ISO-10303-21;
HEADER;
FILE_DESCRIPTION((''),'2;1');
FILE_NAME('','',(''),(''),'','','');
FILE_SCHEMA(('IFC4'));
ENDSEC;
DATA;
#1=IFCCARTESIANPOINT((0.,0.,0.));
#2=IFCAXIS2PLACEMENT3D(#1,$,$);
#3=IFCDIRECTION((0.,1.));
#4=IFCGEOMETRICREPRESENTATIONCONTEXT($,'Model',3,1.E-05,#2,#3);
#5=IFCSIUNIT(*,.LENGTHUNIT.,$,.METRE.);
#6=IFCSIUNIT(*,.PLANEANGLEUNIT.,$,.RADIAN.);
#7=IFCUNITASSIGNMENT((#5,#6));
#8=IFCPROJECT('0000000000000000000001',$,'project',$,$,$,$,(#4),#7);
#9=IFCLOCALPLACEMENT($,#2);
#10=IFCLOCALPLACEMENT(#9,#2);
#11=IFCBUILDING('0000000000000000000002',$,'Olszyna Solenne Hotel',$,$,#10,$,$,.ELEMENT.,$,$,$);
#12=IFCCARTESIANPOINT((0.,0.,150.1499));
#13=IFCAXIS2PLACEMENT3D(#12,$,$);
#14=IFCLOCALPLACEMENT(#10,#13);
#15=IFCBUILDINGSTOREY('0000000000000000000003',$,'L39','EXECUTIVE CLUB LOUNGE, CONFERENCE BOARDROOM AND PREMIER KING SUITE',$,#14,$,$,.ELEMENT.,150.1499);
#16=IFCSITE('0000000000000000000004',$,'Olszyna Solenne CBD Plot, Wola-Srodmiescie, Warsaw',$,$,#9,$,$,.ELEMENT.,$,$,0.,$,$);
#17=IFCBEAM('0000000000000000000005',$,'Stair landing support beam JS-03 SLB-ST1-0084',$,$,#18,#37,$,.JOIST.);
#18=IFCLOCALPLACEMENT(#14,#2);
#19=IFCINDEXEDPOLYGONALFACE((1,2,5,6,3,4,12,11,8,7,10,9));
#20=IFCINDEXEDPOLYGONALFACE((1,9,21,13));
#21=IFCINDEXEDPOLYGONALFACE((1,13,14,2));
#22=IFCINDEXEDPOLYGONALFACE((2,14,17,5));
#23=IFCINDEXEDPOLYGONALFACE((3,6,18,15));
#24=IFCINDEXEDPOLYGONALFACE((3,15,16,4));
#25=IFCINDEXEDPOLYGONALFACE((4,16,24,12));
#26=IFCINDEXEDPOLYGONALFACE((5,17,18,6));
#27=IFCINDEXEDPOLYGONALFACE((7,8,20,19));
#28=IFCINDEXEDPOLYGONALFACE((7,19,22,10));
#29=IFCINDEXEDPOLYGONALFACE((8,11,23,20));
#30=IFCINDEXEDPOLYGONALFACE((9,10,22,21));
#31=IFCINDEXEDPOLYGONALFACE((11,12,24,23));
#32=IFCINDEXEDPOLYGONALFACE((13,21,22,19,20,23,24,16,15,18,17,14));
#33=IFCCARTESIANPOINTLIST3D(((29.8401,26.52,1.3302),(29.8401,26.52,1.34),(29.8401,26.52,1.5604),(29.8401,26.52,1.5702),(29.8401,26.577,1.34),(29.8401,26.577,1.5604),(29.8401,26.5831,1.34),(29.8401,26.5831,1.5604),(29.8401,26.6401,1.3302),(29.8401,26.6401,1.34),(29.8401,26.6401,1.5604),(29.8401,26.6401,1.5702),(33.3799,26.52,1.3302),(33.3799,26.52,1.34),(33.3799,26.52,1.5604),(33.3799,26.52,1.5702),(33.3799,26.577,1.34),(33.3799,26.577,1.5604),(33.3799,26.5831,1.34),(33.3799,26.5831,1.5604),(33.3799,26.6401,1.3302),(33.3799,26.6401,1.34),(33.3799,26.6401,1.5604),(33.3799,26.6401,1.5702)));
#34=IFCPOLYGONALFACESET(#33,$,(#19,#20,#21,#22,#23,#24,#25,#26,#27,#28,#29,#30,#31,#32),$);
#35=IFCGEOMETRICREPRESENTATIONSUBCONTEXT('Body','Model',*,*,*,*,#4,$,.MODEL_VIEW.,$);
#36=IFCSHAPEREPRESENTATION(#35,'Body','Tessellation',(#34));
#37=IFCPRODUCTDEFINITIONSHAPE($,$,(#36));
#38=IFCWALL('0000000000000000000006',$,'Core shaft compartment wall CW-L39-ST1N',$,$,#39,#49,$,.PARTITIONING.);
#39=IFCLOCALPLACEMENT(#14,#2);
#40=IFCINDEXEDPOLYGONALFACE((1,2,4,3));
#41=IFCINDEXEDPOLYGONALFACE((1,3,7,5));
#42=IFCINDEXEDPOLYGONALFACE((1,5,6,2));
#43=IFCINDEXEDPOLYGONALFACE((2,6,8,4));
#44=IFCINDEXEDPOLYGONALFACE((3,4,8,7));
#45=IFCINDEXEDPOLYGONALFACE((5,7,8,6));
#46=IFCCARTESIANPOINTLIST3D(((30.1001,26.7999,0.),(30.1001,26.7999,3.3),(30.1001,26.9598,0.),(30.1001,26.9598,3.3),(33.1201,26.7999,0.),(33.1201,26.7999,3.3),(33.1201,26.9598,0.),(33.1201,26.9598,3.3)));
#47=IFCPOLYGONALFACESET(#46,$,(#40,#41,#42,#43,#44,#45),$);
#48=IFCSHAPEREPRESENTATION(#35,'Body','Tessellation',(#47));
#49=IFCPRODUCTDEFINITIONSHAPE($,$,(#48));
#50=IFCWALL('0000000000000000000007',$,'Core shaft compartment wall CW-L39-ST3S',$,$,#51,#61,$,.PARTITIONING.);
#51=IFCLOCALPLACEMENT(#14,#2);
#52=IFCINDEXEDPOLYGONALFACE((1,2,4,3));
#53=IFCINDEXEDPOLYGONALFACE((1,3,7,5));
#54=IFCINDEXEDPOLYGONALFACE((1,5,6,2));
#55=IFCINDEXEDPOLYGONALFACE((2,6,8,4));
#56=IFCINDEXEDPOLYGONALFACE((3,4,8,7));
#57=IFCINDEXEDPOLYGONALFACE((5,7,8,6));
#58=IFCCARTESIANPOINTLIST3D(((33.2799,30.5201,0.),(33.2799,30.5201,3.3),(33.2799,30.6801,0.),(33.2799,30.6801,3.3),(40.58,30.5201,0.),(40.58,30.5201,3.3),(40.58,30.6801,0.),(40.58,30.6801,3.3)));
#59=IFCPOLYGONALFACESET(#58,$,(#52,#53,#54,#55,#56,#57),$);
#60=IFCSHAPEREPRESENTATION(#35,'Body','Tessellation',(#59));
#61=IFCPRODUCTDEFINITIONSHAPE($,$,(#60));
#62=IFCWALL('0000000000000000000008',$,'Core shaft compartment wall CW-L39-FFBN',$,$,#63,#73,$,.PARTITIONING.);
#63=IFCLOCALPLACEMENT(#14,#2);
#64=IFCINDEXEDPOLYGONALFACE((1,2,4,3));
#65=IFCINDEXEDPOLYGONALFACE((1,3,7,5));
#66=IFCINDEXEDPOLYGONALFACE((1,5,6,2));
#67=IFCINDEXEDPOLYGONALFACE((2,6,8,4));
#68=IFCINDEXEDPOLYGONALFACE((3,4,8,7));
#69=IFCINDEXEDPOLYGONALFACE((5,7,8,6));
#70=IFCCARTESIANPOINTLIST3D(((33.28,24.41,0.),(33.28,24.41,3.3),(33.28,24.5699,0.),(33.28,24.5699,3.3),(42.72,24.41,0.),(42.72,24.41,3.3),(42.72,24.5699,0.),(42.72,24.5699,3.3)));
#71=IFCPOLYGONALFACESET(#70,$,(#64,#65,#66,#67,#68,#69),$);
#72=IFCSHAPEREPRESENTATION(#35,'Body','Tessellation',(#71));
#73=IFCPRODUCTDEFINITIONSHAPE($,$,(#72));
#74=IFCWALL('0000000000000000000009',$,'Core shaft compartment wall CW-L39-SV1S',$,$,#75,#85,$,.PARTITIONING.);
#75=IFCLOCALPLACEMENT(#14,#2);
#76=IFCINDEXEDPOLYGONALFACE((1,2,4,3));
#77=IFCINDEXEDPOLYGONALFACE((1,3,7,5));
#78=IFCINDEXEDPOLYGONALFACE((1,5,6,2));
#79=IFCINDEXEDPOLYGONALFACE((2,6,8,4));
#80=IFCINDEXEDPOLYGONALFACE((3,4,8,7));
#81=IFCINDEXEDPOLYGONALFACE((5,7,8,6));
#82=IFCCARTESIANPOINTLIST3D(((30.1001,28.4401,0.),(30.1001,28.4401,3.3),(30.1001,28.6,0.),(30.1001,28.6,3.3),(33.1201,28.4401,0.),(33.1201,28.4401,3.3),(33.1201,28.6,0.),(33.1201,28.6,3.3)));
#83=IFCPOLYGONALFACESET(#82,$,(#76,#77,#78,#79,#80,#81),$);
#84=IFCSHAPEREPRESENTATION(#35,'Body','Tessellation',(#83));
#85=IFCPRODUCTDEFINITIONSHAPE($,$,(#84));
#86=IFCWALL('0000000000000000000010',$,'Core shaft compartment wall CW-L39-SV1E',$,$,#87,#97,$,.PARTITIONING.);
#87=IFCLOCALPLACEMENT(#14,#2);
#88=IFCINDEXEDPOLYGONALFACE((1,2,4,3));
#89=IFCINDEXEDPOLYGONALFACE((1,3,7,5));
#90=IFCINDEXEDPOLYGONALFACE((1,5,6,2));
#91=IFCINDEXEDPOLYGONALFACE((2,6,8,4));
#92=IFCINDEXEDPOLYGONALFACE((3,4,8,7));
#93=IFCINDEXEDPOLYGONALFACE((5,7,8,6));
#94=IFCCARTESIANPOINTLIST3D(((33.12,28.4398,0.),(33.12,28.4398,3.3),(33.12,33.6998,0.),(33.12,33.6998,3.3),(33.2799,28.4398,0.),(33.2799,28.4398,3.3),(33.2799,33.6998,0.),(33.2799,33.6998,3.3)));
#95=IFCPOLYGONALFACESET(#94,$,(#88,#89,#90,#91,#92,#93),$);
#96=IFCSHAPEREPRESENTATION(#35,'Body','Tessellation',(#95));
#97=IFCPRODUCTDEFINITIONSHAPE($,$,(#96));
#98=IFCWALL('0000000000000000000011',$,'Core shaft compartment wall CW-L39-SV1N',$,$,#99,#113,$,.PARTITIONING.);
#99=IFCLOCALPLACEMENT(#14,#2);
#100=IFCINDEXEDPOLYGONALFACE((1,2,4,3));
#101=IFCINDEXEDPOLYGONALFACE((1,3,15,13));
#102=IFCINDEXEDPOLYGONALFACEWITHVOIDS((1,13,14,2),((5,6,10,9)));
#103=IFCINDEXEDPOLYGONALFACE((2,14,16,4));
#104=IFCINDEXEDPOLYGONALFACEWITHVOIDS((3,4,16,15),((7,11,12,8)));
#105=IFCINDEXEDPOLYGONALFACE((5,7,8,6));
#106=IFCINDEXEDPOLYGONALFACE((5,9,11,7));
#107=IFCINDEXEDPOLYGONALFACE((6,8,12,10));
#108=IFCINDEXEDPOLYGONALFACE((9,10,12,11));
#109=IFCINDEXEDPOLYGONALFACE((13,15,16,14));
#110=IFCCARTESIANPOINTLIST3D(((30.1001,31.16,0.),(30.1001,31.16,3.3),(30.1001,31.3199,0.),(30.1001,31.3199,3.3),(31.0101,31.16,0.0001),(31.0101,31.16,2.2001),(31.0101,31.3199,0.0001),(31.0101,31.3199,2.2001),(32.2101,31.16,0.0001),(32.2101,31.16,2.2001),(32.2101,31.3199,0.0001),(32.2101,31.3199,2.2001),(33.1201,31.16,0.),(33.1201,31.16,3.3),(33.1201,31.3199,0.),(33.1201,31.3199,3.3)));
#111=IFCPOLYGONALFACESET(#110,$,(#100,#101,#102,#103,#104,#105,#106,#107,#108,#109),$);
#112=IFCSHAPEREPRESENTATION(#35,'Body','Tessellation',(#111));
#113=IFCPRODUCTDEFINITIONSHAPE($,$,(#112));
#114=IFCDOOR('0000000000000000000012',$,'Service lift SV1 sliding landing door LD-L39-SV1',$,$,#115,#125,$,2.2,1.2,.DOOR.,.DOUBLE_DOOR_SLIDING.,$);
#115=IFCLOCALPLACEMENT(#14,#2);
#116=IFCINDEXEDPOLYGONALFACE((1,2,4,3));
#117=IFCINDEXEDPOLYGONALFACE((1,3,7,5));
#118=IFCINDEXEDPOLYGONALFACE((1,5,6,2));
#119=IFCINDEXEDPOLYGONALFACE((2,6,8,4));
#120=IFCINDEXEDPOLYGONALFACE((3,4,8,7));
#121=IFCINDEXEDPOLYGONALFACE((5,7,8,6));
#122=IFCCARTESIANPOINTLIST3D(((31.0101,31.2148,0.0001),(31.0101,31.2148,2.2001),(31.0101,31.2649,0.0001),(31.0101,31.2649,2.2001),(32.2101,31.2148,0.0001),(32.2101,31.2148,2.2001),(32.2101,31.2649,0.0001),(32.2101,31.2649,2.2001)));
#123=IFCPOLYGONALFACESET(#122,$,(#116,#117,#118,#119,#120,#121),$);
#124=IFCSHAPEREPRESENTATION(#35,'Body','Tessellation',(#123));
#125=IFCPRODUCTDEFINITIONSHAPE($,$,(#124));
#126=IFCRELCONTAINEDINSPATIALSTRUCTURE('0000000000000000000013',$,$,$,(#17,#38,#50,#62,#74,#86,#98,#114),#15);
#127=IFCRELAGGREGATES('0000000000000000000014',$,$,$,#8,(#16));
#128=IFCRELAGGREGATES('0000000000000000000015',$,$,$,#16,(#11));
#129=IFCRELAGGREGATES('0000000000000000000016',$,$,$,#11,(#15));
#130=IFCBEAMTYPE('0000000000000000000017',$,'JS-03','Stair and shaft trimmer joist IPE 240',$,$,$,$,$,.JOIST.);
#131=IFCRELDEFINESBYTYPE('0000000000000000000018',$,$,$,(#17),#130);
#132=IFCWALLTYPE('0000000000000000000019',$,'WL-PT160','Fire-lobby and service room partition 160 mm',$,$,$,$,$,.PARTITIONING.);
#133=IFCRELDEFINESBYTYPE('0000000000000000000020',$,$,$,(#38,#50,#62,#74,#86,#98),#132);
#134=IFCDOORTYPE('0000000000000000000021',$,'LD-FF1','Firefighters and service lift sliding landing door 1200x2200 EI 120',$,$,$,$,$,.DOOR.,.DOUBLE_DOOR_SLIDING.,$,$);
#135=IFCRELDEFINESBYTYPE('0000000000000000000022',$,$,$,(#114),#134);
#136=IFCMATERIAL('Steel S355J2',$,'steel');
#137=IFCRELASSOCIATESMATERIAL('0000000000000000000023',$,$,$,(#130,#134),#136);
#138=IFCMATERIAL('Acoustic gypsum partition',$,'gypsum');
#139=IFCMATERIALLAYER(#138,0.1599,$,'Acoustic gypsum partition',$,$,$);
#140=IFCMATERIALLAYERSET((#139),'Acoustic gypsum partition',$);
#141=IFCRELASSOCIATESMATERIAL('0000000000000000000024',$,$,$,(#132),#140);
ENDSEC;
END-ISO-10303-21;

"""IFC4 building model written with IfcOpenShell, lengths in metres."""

from ifc_helpers import new_model, si_unit, direction, frame, frame_2d, origin, origin_2d, place, context, subcontext, project, spatial, rectangle, i_section, extrude, source, transform, mapped, material, layer, layer_set, material_profile, profile_set, type_object, type_shapes, element, fill, save


model = new_model("IFC4")

# Units and contexts
model_context = context("Model", 3, precision=1e-05, world=origin(), true_north=direction((0.0, 1.0)))
body_context = subcontext(model_context, "Body", "Model", "MODEL_VIEW")
ifc_project = project(units=[si_unit("LENGTHUNIT", "METRE"), si_unit("PLANEANGLEUNIT", "RADIAN")], contexts=[model_context])

# Site, building, storey
site_placement = place(None, origin())
site = spatial("IfcSite", under=ifc_project, at=site_placement, Name="Olszyna Solenne CBD Plot, Wola-Srodmiescie, Warsaw", CompositionType="ELEMENT", RefElevation=0.0)
building_placement = place(site_placement, origin())
building = spatial("IfcBuilding", under=site, at=building_placement, Name="Olszyna Solenne Hotel", CompositionType="ELEMENT")
storey_placement = place(building_placement, frame((0.0, 0.0, 150.1499)))
storey = spatial("IfcBuildingStorey", under=building, at=storey_placement, Name="L39", Description="EXECUTIVE CLUB LOUNGE, CONFERENCE BOARDROOM AND PREMIER KING SUITE", CompositionType="ELEMENT", Elevation=150.1499)

# Beam
ifc_material_1 = material(Name="Steel S355J2", Category="steel")
ifc_material_profile = material_profile(ifc_material_1, i_section(OverallWidth=0.1201, OverallDepth=0.24, WebThickness=0.0061, FlangeThickness=0.0098, at=origin_2d()), Name="IPE 240", Category="load-bearing")
ifc_profile_set = profile_set([ifc_material_profile], Name="Steel S355J2")
beam_type = type_object("IfcBeamType", Name="JS-03", Description="Stair and shaft trimmer joist IPE 240", PredefinedType="JOIST", material=ifc_profile_set)
shared_shape_1 = source(origin(), body_context, "Body", "SweptSolid", [
    extrude(i_section(OverallWidth=0.1201, OverallDepth=0.24, WebThickness=0.0061, FlangeThickness=0.0098, at=origin_2d()), origin(), (0.0, 0.0, 1.0), 3.5398),
])
beam_placement = place(storey_placement, frame((33.3799, 26.5801, 1.4502), z_axis=(-1.0, 0.0, 0.0), x_axis=(0.0, -1.0, 0.0)))
element("IfcBeam", 1, at=beam_placement, inside=storey, type_object=beam_type, Name="Stair landing support beam JS-03 SLB-ST1-0084", PredefinedType="JOIST", context=body_context, shape_type="MappedRepresentation", body=[
    mapped(shared_shape_1, transform((0.0, 0.0, 0.0), x_axis=(1.0, 0.0, 0.0), y_axis=(0.0, 1.0, 0.0), z_axis=(0.0, 0.0, 1.0), scale=1.0)),
])

# Walls
ifc_material_2 = material(Name="Acoustic gypsum partition", Category="gypsum")
ifc_layer = layer(ifc_material_2, 0.1599, Name="Acoustic gypsum partition")
ifc_layer_set = layer_set([ifc_layer], Name="Acoustic gypsum partition")
wall_type = type_object("IfcWallType", Name="WL-PT160", Description="Fire-lobby and service room partition 160 mm", PredefinedType="PARTITIONING", material=ifc_layer_set)
wall_1_placement = place(storey_placement, frame((30.1001, 26.8799, 0.0), z_axis=(0.0, 0.0, 1.0), x_axis=(1.0, 0.0, 0.0)))
element("IfcWall", 2, at=wall_1_placement, inside=storey, type_object=wall_type, Name="Core shaft compartment wall CW-L39-ST1N", PredefinedType="PARTITIONING", context=body_context, shape_type="SweptSolid", body=[
    extrude(rectangle(XDim=3.02, YDim=0.1599, at=frame_2d((1.51, 0.0))), origin(), (0.0, 0.0, 1.0), 3.3),
])
wall_2_placement = place(storey_placement, frame((33.28, 30.6001, 0.0), z_axis=(0.0, 0.0, 1.0), x_axis=(1.0, 0.0, 0.0)))
element("IfcWall", 3, at=wall_2_placement, inside=storey, type_object=wall_type, Name="Core shaft compartment wall CW-L39-ST3S", PredefinedType="PARTITIONING", context=body_context, shape_type="SweptSolid", body=[
    extrude(rectangle(XDim=7.3, YDim=0.1599, at=frame_2d((3.6499, 0.0))), origin(), (0.0, 0.0, 1.0), 3.3),
])
wall_3_placement = place(storey_placement, frame((33.28, 24.49, 0.0), z_axis=(0.0, 0.0, 1.0), x_axis=(1.0, 0.0, 0.0)))
element("IfcWall", 4, at=wall_3_placement, inside=storey, type_object=wall_type, Name="Core shaft compartment wall CW-L39-FFBN", PredefinedType="PARTITIONING", context=body_context, shape_type="SweptSolid", body=[
    extrude(rectangle(XDim=9.4399, YDim=0.1599, at=frame_2d((4.72, 0.0))), origin(), (0.0, 0.0, 1.0), 3.3),
])
wall_4_placement = place(storey_placement, frame((30.1001, 28.52, 0.0), z_axis=(0.0, 0.0, 1.0), x_axis=(1.0, 0.0, 0.0)))
element("IfcWall", 5, at=wall_4_placement, inside=storey, type_object=wall_type, Name="Core shaft compartment wall CW-L39-SV1S", PredefinedType="PARTITIONING", context=body_context, shape_type="SweptSolid", body=[
    extrude(rectangle(XDim=3.02, YDim=0.1599, at=frame_2d((1.51, 0.0))), origin(), (0.0, 0.0, 1.0), 3.3),
])
wall_5_placement = place(storey_placement, frame((33.2, 28.4399, 0.0), z_axis=(0.0, 0.0, 1.0), x_axis=(0.0, 1.0, 0.0)))
element("IfcWall", 6, at=wall_5_placement, inside=storey, type_object=wall_type, Name="Core shaft compartment wall CW-L39-SV1E", PredefinedType="PARTITIONING", context=body_context, shape_type="SweptSolid", body=[
    extrude(rectangle(XDim=5.26, YDim=0.1599, at=frame_2d((2.6299, 0.0))), origin(), (0.0, 0.0, 1.0), 3.3),
])

# Wall, opening, door
wall_6_placement = place(storey_placement, frame((30.1001, 31.24, 0.0), z_axis=(0.0, 0.0, 1.0), x_axis=(1.0, 0.0, 0.0)))
wall_6 = element("IfcWall", 7, at=wall_6_placement, inside=storey, type_object=wall_type, Name="Core shaft compartment wall CW-L39-SV1N", PredefinedType="PARTITIONING", context=body_context, shape_type="SweptSolid", body=[
    extrude(rectangle(XDim=3.02, YDim=0.1599, at=frame_2d((1.51, 0.0))), origin(), (0.0, 0.0, 1.0), 3.3),
])
opening_1_placement = place(wall_6_placement, frame((0.9099, 0.0, 0.0)))
opening_1 = element("IfcOpeningElement", 8, at=opening_1_placement, cuts=wall_6, PredefinedType="OPENING", context=body_context, shape_type="SweptSolid", body=[
    extrude(rectangle(XDim=1.2, YDim=2.2, at=frame_2d((0.6001, 1.1001))), frame((0.0, 0.0898, 0.0), z_axis=(0.0, -1.0, 0.0), x_axis=(1.0, 0.0, 0.0)), (0.0, 0.0, 1.0), 0.1799),
])
door_type_1 = type_object("IfcDoorType", Name="LD-FF1", Description="Firefighters and service lift sliding landing door 1200x2200 EI 120", OperationType="DOUBLE_DOOR_SLIDING", PredefinedType="DOOR", material=ifc_material_1)
shared_shape_2 = source(origin(), body_context, "Body", "SweptSolid", [
    extrude(rectangle(XDim=1.2, YDim=2.2, at=frame_2d((0.6001, 1.1001))), frame((0.0, 0.0249, 0.0), z_axis=(0.0, -1.0, 0.0), x_axis=(1.0, 0.0, 0.0)), (0.0, 0.0, 1.0), 0.05),
])
type_shapes(door_type_1, [shared_shape_2])
door_1_placement = place(opening_1_placement, origin())
door_1 = element("IfcDoor", 9, at=door_1_placement, inside=storey, type_object=door_type_1, Name="Service lift SV1 sliding landing door LD-L39-SV1", OperationType="DOUBLE_DOOR_SLIDING", OverallHeight=2.2, OverallWidth=1.2, PredefinedType="DOOR", context=body_context, shape_type="MappedRepresentation", body=[
    mapped(shared_shape_2, transform((0.0, 0.0, 0.0), x_axis=(1.0, 0.0, 0.0), y_axis=(0.0, 1.0, 0.0), z_axis=(0.0, 0.0, 1.0), scale=1.0)),
])
fill(opening_1, door_1)

save(model, "model.ifc")
